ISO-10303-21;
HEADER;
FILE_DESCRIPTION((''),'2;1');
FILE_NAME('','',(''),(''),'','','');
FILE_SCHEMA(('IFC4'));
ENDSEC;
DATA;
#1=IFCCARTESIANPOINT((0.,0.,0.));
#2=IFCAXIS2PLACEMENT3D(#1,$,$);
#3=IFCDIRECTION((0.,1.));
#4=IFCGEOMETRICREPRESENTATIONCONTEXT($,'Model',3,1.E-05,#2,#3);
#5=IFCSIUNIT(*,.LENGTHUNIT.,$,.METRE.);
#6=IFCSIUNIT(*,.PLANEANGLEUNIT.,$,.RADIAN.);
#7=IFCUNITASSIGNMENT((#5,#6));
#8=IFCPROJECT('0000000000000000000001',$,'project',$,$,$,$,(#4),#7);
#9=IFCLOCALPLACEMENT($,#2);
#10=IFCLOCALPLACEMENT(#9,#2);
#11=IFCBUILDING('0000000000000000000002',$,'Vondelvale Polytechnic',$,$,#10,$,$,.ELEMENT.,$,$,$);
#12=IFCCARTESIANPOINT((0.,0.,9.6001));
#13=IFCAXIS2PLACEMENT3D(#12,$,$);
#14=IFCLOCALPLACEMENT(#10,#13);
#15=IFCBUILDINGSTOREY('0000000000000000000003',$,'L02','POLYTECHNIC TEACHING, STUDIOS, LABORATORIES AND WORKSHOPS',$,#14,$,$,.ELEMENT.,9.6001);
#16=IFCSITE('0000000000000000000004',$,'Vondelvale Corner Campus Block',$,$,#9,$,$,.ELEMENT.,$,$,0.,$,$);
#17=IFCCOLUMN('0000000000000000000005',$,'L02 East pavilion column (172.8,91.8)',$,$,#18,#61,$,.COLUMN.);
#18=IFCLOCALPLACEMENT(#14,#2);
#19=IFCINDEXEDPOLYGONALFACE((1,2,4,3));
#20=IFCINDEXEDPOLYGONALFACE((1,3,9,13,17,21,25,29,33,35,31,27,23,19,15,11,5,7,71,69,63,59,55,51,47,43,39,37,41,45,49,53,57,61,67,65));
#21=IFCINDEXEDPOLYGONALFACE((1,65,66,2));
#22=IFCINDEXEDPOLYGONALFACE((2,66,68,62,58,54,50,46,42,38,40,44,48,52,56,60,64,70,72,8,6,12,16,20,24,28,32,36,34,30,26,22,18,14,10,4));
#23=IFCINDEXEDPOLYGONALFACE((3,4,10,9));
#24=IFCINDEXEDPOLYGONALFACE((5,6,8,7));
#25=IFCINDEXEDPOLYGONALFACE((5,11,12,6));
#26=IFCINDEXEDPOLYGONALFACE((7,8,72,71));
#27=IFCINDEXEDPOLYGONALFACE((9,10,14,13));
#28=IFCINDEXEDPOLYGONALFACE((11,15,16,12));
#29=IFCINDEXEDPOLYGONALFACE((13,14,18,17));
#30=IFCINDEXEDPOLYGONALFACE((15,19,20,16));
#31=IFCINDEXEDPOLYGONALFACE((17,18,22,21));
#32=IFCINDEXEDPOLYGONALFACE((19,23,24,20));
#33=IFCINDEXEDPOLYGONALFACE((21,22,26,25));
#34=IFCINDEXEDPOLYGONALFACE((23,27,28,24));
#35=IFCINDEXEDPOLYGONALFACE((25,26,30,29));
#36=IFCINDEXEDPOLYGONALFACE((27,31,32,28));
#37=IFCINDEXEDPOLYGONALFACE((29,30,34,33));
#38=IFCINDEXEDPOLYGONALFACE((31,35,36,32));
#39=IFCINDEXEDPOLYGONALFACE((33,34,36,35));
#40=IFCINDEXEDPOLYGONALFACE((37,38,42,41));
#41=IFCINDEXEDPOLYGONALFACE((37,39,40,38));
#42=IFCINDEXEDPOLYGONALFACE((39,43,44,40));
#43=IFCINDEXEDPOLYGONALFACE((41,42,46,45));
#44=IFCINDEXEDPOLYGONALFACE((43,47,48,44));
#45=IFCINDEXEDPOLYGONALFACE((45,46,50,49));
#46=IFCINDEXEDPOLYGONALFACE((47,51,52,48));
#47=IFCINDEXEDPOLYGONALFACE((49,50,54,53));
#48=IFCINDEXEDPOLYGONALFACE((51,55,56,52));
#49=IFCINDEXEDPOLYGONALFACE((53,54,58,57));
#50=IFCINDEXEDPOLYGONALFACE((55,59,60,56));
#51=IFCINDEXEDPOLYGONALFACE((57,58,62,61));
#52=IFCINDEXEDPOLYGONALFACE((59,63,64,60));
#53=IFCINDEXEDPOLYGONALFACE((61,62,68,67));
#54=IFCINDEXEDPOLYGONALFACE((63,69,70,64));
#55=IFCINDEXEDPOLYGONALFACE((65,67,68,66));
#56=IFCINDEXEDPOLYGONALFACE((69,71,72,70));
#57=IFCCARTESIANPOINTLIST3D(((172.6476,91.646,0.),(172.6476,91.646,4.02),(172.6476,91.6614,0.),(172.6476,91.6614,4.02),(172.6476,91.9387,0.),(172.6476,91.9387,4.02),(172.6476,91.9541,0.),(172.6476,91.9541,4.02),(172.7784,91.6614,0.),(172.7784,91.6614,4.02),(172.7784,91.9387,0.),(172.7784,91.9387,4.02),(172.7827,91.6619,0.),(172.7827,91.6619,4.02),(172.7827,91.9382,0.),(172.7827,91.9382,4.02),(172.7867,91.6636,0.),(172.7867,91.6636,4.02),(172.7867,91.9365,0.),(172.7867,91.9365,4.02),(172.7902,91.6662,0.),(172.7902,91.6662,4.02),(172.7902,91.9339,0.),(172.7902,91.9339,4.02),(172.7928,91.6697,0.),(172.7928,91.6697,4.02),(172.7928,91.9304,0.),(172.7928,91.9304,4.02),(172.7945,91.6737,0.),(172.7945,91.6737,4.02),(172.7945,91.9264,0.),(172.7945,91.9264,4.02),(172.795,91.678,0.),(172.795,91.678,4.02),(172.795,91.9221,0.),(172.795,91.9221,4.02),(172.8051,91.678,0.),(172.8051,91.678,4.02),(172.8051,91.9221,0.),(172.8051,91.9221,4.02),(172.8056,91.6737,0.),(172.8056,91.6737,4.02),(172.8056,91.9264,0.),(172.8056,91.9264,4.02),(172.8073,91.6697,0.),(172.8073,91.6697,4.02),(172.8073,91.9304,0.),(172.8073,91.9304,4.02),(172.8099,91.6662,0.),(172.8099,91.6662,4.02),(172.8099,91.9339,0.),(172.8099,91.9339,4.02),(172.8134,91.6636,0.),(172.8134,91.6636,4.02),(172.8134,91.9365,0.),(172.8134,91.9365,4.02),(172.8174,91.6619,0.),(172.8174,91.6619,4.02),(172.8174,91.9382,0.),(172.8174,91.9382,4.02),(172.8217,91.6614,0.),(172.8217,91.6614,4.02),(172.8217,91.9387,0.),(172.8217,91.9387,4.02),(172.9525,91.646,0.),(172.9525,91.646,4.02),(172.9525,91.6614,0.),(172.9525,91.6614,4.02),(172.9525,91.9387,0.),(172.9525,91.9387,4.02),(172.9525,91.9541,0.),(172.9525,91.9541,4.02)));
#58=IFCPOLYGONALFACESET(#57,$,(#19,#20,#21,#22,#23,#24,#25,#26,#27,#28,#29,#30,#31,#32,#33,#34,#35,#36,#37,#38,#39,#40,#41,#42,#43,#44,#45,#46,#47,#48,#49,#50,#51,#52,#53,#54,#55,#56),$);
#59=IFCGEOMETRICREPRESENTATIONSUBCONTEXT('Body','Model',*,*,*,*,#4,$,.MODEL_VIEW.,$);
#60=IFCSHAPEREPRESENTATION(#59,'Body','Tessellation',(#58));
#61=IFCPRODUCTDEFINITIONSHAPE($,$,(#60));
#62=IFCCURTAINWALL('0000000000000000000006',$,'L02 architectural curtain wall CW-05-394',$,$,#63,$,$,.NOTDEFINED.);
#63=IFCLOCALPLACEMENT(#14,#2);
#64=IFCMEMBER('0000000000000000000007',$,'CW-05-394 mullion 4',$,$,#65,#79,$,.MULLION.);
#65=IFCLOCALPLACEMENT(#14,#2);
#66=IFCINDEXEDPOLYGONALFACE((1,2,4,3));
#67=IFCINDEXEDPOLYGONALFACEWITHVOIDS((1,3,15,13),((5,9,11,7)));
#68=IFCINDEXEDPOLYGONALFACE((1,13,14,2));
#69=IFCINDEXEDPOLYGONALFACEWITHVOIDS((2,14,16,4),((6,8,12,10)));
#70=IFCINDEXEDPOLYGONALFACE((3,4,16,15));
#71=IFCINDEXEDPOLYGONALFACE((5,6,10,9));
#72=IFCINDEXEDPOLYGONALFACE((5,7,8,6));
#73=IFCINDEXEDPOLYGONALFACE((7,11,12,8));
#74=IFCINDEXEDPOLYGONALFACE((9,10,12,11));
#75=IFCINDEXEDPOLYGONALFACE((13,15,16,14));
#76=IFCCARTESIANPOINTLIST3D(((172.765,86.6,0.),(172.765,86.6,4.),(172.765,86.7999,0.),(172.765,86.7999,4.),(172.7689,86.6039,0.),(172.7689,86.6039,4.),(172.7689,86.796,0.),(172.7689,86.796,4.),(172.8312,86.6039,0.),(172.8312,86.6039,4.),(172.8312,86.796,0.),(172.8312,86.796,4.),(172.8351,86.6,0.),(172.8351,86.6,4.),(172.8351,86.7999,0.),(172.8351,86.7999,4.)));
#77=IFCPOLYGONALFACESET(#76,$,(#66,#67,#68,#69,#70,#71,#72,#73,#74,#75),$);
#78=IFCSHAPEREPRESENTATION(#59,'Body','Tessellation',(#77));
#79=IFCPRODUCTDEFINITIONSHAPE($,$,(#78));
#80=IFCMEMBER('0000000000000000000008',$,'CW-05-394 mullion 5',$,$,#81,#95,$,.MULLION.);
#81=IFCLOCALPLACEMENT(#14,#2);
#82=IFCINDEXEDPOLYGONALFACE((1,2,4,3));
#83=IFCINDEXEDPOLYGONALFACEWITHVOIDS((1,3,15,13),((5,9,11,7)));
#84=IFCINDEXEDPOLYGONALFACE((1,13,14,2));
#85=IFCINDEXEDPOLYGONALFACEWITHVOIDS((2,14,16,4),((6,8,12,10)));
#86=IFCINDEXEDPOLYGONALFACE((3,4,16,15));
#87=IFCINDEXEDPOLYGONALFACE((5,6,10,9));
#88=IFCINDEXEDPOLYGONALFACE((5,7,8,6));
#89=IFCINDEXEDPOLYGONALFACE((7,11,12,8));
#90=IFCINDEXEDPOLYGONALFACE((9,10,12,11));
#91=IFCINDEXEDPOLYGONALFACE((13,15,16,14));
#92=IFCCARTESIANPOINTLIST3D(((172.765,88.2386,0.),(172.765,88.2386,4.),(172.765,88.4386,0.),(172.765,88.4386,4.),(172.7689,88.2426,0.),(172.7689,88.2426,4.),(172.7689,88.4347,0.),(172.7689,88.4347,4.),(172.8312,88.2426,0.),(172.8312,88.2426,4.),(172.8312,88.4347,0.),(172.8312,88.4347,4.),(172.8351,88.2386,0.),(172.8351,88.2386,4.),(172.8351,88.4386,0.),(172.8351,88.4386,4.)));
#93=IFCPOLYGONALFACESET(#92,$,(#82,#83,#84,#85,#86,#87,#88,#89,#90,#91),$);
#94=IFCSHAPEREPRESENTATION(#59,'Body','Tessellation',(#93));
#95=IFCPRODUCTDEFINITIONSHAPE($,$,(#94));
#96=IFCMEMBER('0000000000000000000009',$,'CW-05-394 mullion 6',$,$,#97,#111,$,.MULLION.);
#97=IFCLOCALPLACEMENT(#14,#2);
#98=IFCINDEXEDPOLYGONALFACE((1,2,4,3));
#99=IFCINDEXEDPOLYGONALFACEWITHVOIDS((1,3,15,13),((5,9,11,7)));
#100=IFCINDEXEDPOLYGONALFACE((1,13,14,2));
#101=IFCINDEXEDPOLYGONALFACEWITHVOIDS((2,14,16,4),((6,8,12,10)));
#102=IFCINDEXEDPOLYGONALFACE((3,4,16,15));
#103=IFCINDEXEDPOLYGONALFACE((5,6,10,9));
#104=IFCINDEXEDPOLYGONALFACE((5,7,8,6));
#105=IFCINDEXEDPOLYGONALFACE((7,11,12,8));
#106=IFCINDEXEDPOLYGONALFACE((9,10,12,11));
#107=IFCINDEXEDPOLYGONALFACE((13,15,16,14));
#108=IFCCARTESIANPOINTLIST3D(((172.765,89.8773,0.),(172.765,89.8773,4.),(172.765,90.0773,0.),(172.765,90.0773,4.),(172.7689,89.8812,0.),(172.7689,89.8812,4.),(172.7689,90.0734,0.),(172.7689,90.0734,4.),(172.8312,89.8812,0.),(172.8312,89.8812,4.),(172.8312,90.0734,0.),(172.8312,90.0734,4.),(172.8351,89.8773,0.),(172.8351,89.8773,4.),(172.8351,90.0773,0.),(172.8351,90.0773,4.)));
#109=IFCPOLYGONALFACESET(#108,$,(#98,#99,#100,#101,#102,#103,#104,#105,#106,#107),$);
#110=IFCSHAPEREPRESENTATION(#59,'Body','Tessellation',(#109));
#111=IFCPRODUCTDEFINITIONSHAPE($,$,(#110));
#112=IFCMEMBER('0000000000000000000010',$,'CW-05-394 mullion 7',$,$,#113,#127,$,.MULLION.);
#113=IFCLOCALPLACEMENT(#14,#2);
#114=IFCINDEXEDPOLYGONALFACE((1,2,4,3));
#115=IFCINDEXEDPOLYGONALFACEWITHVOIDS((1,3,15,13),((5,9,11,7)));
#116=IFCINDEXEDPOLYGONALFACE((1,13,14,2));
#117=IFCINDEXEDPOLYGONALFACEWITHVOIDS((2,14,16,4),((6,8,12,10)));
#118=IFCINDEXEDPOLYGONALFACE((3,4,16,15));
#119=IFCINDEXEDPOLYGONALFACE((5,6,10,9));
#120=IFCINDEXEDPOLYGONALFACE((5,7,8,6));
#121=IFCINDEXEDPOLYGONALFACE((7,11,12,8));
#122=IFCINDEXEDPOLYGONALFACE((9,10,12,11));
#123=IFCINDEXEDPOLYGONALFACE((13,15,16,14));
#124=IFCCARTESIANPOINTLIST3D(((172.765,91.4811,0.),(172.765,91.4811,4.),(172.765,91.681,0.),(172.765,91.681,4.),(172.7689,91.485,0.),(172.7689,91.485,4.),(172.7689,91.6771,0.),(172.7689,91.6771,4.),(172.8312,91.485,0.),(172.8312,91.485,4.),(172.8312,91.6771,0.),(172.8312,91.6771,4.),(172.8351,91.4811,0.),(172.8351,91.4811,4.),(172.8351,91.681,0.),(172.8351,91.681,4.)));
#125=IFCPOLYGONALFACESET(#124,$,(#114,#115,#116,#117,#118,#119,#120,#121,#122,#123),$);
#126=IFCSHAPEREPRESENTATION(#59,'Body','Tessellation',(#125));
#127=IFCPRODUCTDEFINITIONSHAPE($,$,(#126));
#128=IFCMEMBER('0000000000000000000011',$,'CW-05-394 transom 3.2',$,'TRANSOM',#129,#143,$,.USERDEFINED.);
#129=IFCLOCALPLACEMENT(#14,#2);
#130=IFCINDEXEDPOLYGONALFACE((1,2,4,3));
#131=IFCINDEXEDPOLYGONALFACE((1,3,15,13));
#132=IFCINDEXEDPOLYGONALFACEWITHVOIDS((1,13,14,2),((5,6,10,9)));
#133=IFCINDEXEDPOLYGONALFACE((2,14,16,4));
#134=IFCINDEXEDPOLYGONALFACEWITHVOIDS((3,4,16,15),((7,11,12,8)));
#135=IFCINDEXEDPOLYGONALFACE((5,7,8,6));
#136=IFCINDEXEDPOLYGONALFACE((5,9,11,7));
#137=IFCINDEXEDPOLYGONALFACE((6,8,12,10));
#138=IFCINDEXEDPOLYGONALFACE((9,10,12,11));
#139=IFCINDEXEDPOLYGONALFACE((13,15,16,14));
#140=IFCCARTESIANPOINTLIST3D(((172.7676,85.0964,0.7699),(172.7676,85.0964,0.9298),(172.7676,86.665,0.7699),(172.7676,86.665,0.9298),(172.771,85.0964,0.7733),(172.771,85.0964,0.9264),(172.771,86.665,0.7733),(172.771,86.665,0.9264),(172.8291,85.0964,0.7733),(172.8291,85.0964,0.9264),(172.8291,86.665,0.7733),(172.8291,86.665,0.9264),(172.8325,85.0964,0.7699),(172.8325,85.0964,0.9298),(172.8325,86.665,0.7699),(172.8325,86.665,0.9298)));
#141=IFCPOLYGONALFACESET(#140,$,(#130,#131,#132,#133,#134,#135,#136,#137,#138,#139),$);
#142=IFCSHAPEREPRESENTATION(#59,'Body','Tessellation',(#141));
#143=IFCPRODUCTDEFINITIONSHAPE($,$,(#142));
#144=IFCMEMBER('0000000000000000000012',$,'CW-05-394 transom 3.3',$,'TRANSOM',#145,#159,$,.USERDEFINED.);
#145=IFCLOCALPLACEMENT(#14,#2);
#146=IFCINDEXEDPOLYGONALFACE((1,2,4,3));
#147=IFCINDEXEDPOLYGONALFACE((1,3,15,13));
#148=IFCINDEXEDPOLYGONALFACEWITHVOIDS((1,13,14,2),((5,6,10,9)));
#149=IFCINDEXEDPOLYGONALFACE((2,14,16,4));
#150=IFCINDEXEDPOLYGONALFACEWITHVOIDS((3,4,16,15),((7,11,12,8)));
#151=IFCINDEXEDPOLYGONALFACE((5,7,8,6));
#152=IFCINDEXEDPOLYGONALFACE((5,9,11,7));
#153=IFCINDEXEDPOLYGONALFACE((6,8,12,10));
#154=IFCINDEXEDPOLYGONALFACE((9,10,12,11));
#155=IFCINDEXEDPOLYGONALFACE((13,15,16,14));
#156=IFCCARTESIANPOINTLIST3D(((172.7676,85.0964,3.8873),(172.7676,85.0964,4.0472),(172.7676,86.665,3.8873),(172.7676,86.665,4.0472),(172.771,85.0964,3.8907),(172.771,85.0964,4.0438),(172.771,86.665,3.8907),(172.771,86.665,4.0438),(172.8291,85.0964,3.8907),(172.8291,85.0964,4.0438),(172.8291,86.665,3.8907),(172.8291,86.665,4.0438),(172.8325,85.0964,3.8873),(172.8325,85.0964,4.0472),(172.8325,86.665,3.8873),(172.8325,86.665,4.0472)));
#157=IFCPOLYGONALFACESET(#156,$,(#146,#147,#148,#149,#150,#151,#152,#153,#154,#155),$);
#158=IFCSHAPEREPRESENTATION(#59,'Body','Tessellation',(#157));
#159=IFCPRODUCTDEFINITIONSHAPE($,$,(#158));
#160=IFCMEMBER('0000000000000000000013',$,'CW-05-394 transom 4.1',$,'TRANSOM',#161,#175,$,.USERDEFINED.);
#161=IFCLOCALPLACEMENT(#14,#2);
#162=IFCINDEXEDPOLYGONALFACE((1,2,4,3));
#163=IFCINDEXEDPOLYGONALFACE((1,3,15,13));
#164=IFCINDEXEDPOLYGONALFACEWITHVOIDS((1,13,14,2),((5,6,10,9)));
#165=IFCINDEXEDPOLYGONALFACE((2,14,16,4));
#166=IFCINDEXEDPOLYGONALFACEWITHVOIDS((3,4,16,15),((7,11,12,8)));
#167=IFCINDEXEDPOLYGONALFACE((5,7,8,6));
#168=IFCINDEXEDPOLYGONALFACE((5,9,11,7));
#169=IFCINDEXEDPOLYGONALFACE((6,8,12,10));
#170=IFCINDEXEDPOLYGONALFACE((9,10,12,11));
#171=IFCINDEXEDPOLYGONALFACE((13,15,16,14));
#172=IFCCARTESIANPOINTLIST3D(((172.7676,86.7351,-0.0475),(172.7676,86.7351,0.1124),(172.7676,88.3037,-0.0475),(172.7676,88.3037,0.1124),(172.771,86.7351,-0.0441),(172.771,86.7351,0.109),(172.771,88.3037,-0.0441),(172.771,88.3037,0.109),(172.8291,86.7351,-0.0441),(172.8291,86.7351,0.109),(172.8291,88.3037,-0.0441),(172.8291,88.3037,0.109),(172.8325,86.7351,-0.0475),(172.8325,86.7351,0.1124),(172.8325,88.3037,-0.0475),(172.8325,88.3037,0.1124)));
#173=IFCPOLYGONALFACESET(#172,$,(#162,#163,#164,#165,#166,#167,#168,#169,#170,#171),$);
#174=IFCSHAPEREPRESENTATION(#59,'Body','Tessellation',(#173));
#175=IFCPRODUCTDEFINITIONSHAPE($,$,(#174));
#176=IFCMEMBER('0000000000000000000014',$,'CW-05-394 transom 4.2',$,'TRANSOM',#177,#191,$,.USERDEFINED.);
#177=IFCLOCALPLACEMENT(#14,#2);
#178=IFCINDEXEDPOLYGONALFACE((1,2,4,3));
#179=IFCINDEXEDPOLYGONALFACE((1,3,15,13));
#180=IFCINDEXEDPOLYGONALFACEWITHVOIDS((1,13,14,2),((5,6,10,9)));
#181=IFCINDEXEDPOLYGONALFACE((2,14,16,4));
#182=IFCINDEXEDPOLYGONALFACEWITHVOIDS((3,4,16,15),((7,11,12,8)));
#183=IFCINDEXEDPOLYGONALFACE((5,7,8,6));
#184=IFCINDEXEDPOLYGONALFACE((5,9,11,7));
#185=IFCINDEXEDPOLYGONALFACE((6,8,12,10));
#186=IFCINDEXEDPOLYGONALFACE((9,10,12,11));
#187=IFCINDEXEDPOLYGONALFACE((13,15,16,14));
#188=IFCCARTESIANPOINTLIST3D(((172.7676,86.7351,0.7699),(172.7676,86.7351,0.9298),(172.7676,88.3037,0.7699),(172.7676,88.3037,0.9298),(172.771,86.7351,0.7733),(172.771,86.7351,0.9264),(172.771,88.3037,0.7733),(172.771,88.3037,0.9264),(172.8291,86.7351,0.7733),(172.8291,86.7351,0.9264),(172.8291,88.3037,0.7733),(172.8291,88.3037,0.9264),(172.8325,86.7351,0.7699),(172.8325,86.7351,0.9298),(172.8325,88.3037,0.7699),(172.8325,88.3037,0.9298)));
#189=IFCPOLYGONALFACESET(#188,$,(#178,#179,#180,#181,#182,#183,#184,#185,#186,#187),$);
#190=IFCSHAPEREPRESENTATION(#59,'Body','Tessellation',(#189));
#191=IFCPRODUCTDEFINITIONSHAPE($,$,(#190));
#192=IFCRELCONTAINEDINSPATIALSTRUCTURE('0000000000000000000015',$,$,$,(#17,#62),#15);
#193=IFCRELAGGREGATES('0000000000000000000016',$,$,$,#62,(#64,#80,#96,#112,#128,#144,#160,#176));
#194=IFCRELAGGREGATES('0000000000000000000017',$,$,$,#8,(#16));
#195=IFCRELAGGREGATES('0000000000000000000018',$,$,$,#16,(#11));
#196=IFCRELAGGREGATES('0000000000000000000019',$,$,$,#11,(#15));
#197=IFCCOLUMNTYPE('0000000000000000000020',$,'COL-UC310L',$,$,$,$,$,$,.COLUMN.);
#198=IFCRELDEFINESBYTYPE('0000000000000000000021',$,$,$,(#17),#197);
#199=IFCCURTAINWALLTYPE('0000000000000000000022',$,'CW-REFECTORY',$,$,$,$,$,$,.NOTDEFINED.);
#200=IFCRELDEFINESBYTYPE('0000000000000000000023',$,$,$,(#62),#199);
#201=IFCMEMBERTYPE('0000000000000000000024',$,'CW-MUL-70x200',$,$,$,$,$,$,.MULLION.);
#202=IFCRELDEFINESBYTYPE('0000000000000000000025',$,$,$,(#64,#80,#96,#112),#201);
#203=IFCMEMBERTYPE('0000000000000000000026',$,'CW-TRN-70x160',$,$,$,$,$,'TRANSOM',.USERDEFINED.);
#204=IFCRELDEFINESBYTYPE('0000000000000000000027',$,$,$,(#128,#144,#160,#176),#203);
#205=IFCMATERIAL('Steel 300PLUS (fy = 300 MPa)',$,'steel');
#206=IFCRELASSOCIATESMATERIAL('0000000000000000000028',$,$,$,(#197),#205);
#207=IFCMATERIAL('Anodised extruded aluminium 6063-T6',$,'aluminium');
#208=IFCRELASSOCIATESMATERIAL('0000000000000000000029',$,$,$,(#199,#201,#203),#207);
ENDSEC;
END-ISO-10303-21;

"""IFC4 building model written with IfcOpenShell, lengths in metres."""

from ifc_helpers import new_model, si_unit, direction, frame, origin, origin_2d, place, context, subcontext, project, spatial, hollow_rectangle, i_section, extrude, material, material_profile, profile_set, type_object, element, aggregate, save


model = new_model("IFC4")

# Units and contexts
model_context = context("Model", 3, precision=1e-05, world=origin(), true_north=direction((0.0, 1.0)))
body_context = subcontext(model_context, "Body", "Model", "MODEL_VIEW")
ifc_project = project(units=[si_unit("LENGTHUNIT", "METRE"), si_unit("PLANEANGLEUNIT", "RADIAN")], contexts=[model_context])

# Site, building, storey
site_placement = place(None, origin())
site = spatial("IfcSite", under=ifc_project, at=site_placement, Name="Vondelvale Corner Campus Block", CompositionType="ELEMENT", RefElevation=0.0)
building_placement = place(site_placement, origin())
building = spatial("IfcBuilding", under=site, at=building_placement, Name="Vondelvale Polytechnic", CompositionType="ELEMENT")
storey_placement = place(building_placement, frame((0.0, 0.0, 9.6001)))
storey = spatial("IfcBuildingStorey", under=building, at=storey_placement, Name="L02", Description="POLYTECHNIC TEACHING, STUDIOS, LABORATORIES AND WORKSHOPS", CompositionType="ELEMENT", Elevation=9.6001)

# Column
ifc_material_1 = material(Name="Steel 300PLUS (fy = 300 MPa)", Category="steel")
ifc_material_profile_1 = material_profile(ifc_material_1, i_section(OverallWidth=0.3049, OverallDepth=0.3081, WebThickness=0.01, FlangeThickness=0.0154, FilletRadius=0.0166, at=origin_2d()), Name="310UC96.8")
ifc_profile_set_1 = profile_set([ifc_material_profile_1], Name="Steel 300PLUS (fy = 300 MPa)")
column_type = type_object("IfcColumnType", Name="COL-UC310L", PredefinedType="COLUMN", material=ifc_profile_set_1)
column_placement = place(storey_placement, frame((172.8, 91.8, 0.0), z_axis=(0.0, 0.0, 1.0), x_axis=(1.0, 0.0, 0.0)))
element("IfcColumn", 1, at=column_placement, inside=storey, type_object=column_type, Name="L02 East pavilion column (172.8,91.8)", PredefinedType="COLUMN", context=body_context, shape_type="SweptSolid", body=[
    extrude(i_section(OverallWidth=0.3049, OverallDepth=0.3081, WebThickness=0.01, FlangeThickness=0.0154, FilletRadius=0.0166, at=origin_2d()), origin(), (0.0, 0.0, 1.0), 4.02),
])

# Curtain wall, members
ifc_material_2 = material(Name="Anodised extruded aluminium 6063-T6", Category="aluminium")
curtain_wall_type = type_object("IfcCurtainWallType", Name="CW-REFECTORY", PredefinedType="NOTDEFINED", material=ifc_material_2)
curtain_wall_placement = place(storey_placement, origin())
curtain_wall = element("IfcCurtainWall", 2, at=curtain_wall_placement, inside=storey, type_object=curtain_wall_type, Name="L02 architectural curtain wall CW-05-394", PredefinedType="NOTDEFINED")
ifc_material_profile_2 = material_profile(ifc_material_2, hollow_rectangle(XDim=0.0701, YDim=0.2, WallThickness=0.0039, at=origin_2d()), Name="CW-MUL-200x70")
ifc_profile_set_2 = profile_set([ifc_material_profile_2], Name="Anodised extruded aluminium 6063-T6")
member_type_1 = type_object("IfcMemberType", Name="CW-MUL-70x200", PredefinedType="MULLION", material=ifc_profile_set_2)
member_1_placement = place(storey_placement, frame((172.8, 86.7, 0.0), z_axis=(0.0, 0.0, 1.0), x_axis=(-1.0, 0.0, 0.0)))
member_1 = element("IfcMember", 3, at=member_1_placement, type_object=member_type_1, Name="CW-05-394 mullion 4", PredefinedType="MULLION", context=body_context, shape_type="SweptSolid", body=[
    extrude(hollow_rectangle(XDim=0.0701, YDim=0.2, WallThickness=0.0039, at=origin_2d()), origin(), (0.0, 0.0, 1.0), 4.0),
])
member_2_placement = place(storey_placement, frame((172.8, 88.3386, 0.0), z_axis=(0.0, 0.0, 1.0), x_axis=(-1.0, 0.0, 0.0)))
member_2 = element("IfcMember", 4, at=member_2_placement, type_object=member_type_1, Name="CW-05-394 mullion 5", PredefinedType="MULLION", context=body_context, shape_type="SweptSolid", body=[
    extrude(hollow_rectangle(XDim=0.0701, YDim=0.2, WallThickness=0.0039, at=origin_2d()), origin(), (0.0, 0.0, 1.0), 4.0),
])
member_3_placement = place(storey_placement, frame((172.8, 89.9773, 0.0), z_axis=(0.0, 0.0, 1.0), x_axis=(-1.0, 0.0, 0.0)))
member_3 = element("IfcMember", 5, at=member_3_placement, type_object=member_type_1, Name="CW-05-394 mullion 6", PredefinedType="MULLION", context=body_context, shape_type="SweptSolid", body=[
    extrude(hollow_rectangle(XDim=0.0701, YDim=0.2, WallThickness=0.0039, at=origin_2d()), origin(), (0.0, 0.0, 1.0), 4.0),
])
member_4_placement = place(storey_placement, frame((172.8, 91.5811, 0.0), z_axis=(0.0, 0.0, 1.0), x_axis=(-1.0, 0.0, 0.0)))
member_4 = element("IfcMember", 6, at=member_4_placement, type_object=member_type_1, Name="CW-05-394 mullion 7", PredefinedType="MULLION", context=body_context, shape_type="SweptSolid", body=[
    extrude(hollow_rectangle(XDim=0.0701, YDim=0.2, WallThickness=0.0039, at=origin_2d()), origin(), (0.0, 0.0, 1.0), 4.0),
])
ifc_material_profile_3 = material_profile(ifc_material_2, hollow_rectangle(XDim=0.0649, YDim=0.1599, WallThickness=0.0034, at=origin_2d()), Name="CW-TRN-160x65")
ifc_profile_set_3 = profile_set([ifc_material_profile_3], Name="Anodised extruded aluminium 6063-T6")
member_type_2 = type_object("IfcMemberType", Name="CW-TRN-70x160", ElementType="TRANSOM", PredefinedType="USERDEFINED", material=ifc_profile_set_3)
member_5_placement = place(storey_placement, frame((172.8, 85.0964, 0.8499), z_axis=(0.0, 1.0, 0.0), x_axis=(-1.0, 0.0, 0.0)))
member_5 = element("IfcMember", 7, at=member_5_placement, type_object=member_type_2, Name="CW-05-394 transom 3.2", ObjectType="TRANSOM", PredefinedType="USERDEFINED", context=body_context, shape_type="SweptSolid", body=[
    extrude(hollow_rectangle(XDim=0.0649, YDim=0.1599, WallThickness=0.0034, at=origin_2d()), origin(), (0.0, 0.0, 1.0), 1.5686),
])
member_6_placement = place(storey_placement, frame((172.8, 85.0964, 3.9673), z_axis=(0.0, 1.0, 0.0), x_axis=(-1.0, 0.0, 0.0)))
member_6 = element("IfcMember", 8, at=member_6_placement, type_object=member_type_2, Name="CW-05-394 transom 3.3", ObjectType="TRANSOM", PredefinedType="USERDEFINED", context=body_context, shape_type="SweptSolid", body=[
    extrude(hollow_rectangle(XDim=0.0649, YDim=0.1599, WallThickness=0.0034, at=origin_2d()), origin(), (0.0, 0.0, 1.0), 1.5686),
])
member_7_placement = place(storey_placement, frame((172.8, 86.7351, 0.0325), z_axis=(0.0, 1.0, 0.0), x_axis=(-1.0, 0.0, 0.0)))
member_7 = element("IfcMember", 9, at=member_7_placement, type_object=member_type_2, Name="CW-05-394 transom 4.1", ObjectType="TRANSOM", PredefinedType="USERDEFINED", context=body_context, shape_type="SweptSolid", body=[
    extrude(hollow_rectangle(XDim=0.0649, YDim=0.1599, WallThickness=0.0034, at=origin_2d()), origin(), (0.0, 0.0, 1.0), 1.5686),
])
member_8_placement = place(storey_placement, frame((172.8, 86.7351, 0.8499), z_axis=(0.0, 1.0, 0.0), x_axis=(-1.0, 0.0, 0.0)))
member_8 = element("IfcMember", 10, at=member_8_placement, type_object=member_type_2, Name="CW-05-394 transom 4.2", ObjectType="TRANSOM", PredefinedType="USERDEFINED", context=body_context, shape_type="SweptSolid", body=[
    extrude(hollow_rectangle(XDim=0.0649, YDim=0.1599, WallThickness=0.0034, at=origin_2d()), origin(), (0.0, 0.0, 1.0), 1.5686),
])
aggregate(curtain_wall, [member_1, member_2, member_3, member_4, member_5, member_6, member_7, member_8])

save(model, "model.ifc")
